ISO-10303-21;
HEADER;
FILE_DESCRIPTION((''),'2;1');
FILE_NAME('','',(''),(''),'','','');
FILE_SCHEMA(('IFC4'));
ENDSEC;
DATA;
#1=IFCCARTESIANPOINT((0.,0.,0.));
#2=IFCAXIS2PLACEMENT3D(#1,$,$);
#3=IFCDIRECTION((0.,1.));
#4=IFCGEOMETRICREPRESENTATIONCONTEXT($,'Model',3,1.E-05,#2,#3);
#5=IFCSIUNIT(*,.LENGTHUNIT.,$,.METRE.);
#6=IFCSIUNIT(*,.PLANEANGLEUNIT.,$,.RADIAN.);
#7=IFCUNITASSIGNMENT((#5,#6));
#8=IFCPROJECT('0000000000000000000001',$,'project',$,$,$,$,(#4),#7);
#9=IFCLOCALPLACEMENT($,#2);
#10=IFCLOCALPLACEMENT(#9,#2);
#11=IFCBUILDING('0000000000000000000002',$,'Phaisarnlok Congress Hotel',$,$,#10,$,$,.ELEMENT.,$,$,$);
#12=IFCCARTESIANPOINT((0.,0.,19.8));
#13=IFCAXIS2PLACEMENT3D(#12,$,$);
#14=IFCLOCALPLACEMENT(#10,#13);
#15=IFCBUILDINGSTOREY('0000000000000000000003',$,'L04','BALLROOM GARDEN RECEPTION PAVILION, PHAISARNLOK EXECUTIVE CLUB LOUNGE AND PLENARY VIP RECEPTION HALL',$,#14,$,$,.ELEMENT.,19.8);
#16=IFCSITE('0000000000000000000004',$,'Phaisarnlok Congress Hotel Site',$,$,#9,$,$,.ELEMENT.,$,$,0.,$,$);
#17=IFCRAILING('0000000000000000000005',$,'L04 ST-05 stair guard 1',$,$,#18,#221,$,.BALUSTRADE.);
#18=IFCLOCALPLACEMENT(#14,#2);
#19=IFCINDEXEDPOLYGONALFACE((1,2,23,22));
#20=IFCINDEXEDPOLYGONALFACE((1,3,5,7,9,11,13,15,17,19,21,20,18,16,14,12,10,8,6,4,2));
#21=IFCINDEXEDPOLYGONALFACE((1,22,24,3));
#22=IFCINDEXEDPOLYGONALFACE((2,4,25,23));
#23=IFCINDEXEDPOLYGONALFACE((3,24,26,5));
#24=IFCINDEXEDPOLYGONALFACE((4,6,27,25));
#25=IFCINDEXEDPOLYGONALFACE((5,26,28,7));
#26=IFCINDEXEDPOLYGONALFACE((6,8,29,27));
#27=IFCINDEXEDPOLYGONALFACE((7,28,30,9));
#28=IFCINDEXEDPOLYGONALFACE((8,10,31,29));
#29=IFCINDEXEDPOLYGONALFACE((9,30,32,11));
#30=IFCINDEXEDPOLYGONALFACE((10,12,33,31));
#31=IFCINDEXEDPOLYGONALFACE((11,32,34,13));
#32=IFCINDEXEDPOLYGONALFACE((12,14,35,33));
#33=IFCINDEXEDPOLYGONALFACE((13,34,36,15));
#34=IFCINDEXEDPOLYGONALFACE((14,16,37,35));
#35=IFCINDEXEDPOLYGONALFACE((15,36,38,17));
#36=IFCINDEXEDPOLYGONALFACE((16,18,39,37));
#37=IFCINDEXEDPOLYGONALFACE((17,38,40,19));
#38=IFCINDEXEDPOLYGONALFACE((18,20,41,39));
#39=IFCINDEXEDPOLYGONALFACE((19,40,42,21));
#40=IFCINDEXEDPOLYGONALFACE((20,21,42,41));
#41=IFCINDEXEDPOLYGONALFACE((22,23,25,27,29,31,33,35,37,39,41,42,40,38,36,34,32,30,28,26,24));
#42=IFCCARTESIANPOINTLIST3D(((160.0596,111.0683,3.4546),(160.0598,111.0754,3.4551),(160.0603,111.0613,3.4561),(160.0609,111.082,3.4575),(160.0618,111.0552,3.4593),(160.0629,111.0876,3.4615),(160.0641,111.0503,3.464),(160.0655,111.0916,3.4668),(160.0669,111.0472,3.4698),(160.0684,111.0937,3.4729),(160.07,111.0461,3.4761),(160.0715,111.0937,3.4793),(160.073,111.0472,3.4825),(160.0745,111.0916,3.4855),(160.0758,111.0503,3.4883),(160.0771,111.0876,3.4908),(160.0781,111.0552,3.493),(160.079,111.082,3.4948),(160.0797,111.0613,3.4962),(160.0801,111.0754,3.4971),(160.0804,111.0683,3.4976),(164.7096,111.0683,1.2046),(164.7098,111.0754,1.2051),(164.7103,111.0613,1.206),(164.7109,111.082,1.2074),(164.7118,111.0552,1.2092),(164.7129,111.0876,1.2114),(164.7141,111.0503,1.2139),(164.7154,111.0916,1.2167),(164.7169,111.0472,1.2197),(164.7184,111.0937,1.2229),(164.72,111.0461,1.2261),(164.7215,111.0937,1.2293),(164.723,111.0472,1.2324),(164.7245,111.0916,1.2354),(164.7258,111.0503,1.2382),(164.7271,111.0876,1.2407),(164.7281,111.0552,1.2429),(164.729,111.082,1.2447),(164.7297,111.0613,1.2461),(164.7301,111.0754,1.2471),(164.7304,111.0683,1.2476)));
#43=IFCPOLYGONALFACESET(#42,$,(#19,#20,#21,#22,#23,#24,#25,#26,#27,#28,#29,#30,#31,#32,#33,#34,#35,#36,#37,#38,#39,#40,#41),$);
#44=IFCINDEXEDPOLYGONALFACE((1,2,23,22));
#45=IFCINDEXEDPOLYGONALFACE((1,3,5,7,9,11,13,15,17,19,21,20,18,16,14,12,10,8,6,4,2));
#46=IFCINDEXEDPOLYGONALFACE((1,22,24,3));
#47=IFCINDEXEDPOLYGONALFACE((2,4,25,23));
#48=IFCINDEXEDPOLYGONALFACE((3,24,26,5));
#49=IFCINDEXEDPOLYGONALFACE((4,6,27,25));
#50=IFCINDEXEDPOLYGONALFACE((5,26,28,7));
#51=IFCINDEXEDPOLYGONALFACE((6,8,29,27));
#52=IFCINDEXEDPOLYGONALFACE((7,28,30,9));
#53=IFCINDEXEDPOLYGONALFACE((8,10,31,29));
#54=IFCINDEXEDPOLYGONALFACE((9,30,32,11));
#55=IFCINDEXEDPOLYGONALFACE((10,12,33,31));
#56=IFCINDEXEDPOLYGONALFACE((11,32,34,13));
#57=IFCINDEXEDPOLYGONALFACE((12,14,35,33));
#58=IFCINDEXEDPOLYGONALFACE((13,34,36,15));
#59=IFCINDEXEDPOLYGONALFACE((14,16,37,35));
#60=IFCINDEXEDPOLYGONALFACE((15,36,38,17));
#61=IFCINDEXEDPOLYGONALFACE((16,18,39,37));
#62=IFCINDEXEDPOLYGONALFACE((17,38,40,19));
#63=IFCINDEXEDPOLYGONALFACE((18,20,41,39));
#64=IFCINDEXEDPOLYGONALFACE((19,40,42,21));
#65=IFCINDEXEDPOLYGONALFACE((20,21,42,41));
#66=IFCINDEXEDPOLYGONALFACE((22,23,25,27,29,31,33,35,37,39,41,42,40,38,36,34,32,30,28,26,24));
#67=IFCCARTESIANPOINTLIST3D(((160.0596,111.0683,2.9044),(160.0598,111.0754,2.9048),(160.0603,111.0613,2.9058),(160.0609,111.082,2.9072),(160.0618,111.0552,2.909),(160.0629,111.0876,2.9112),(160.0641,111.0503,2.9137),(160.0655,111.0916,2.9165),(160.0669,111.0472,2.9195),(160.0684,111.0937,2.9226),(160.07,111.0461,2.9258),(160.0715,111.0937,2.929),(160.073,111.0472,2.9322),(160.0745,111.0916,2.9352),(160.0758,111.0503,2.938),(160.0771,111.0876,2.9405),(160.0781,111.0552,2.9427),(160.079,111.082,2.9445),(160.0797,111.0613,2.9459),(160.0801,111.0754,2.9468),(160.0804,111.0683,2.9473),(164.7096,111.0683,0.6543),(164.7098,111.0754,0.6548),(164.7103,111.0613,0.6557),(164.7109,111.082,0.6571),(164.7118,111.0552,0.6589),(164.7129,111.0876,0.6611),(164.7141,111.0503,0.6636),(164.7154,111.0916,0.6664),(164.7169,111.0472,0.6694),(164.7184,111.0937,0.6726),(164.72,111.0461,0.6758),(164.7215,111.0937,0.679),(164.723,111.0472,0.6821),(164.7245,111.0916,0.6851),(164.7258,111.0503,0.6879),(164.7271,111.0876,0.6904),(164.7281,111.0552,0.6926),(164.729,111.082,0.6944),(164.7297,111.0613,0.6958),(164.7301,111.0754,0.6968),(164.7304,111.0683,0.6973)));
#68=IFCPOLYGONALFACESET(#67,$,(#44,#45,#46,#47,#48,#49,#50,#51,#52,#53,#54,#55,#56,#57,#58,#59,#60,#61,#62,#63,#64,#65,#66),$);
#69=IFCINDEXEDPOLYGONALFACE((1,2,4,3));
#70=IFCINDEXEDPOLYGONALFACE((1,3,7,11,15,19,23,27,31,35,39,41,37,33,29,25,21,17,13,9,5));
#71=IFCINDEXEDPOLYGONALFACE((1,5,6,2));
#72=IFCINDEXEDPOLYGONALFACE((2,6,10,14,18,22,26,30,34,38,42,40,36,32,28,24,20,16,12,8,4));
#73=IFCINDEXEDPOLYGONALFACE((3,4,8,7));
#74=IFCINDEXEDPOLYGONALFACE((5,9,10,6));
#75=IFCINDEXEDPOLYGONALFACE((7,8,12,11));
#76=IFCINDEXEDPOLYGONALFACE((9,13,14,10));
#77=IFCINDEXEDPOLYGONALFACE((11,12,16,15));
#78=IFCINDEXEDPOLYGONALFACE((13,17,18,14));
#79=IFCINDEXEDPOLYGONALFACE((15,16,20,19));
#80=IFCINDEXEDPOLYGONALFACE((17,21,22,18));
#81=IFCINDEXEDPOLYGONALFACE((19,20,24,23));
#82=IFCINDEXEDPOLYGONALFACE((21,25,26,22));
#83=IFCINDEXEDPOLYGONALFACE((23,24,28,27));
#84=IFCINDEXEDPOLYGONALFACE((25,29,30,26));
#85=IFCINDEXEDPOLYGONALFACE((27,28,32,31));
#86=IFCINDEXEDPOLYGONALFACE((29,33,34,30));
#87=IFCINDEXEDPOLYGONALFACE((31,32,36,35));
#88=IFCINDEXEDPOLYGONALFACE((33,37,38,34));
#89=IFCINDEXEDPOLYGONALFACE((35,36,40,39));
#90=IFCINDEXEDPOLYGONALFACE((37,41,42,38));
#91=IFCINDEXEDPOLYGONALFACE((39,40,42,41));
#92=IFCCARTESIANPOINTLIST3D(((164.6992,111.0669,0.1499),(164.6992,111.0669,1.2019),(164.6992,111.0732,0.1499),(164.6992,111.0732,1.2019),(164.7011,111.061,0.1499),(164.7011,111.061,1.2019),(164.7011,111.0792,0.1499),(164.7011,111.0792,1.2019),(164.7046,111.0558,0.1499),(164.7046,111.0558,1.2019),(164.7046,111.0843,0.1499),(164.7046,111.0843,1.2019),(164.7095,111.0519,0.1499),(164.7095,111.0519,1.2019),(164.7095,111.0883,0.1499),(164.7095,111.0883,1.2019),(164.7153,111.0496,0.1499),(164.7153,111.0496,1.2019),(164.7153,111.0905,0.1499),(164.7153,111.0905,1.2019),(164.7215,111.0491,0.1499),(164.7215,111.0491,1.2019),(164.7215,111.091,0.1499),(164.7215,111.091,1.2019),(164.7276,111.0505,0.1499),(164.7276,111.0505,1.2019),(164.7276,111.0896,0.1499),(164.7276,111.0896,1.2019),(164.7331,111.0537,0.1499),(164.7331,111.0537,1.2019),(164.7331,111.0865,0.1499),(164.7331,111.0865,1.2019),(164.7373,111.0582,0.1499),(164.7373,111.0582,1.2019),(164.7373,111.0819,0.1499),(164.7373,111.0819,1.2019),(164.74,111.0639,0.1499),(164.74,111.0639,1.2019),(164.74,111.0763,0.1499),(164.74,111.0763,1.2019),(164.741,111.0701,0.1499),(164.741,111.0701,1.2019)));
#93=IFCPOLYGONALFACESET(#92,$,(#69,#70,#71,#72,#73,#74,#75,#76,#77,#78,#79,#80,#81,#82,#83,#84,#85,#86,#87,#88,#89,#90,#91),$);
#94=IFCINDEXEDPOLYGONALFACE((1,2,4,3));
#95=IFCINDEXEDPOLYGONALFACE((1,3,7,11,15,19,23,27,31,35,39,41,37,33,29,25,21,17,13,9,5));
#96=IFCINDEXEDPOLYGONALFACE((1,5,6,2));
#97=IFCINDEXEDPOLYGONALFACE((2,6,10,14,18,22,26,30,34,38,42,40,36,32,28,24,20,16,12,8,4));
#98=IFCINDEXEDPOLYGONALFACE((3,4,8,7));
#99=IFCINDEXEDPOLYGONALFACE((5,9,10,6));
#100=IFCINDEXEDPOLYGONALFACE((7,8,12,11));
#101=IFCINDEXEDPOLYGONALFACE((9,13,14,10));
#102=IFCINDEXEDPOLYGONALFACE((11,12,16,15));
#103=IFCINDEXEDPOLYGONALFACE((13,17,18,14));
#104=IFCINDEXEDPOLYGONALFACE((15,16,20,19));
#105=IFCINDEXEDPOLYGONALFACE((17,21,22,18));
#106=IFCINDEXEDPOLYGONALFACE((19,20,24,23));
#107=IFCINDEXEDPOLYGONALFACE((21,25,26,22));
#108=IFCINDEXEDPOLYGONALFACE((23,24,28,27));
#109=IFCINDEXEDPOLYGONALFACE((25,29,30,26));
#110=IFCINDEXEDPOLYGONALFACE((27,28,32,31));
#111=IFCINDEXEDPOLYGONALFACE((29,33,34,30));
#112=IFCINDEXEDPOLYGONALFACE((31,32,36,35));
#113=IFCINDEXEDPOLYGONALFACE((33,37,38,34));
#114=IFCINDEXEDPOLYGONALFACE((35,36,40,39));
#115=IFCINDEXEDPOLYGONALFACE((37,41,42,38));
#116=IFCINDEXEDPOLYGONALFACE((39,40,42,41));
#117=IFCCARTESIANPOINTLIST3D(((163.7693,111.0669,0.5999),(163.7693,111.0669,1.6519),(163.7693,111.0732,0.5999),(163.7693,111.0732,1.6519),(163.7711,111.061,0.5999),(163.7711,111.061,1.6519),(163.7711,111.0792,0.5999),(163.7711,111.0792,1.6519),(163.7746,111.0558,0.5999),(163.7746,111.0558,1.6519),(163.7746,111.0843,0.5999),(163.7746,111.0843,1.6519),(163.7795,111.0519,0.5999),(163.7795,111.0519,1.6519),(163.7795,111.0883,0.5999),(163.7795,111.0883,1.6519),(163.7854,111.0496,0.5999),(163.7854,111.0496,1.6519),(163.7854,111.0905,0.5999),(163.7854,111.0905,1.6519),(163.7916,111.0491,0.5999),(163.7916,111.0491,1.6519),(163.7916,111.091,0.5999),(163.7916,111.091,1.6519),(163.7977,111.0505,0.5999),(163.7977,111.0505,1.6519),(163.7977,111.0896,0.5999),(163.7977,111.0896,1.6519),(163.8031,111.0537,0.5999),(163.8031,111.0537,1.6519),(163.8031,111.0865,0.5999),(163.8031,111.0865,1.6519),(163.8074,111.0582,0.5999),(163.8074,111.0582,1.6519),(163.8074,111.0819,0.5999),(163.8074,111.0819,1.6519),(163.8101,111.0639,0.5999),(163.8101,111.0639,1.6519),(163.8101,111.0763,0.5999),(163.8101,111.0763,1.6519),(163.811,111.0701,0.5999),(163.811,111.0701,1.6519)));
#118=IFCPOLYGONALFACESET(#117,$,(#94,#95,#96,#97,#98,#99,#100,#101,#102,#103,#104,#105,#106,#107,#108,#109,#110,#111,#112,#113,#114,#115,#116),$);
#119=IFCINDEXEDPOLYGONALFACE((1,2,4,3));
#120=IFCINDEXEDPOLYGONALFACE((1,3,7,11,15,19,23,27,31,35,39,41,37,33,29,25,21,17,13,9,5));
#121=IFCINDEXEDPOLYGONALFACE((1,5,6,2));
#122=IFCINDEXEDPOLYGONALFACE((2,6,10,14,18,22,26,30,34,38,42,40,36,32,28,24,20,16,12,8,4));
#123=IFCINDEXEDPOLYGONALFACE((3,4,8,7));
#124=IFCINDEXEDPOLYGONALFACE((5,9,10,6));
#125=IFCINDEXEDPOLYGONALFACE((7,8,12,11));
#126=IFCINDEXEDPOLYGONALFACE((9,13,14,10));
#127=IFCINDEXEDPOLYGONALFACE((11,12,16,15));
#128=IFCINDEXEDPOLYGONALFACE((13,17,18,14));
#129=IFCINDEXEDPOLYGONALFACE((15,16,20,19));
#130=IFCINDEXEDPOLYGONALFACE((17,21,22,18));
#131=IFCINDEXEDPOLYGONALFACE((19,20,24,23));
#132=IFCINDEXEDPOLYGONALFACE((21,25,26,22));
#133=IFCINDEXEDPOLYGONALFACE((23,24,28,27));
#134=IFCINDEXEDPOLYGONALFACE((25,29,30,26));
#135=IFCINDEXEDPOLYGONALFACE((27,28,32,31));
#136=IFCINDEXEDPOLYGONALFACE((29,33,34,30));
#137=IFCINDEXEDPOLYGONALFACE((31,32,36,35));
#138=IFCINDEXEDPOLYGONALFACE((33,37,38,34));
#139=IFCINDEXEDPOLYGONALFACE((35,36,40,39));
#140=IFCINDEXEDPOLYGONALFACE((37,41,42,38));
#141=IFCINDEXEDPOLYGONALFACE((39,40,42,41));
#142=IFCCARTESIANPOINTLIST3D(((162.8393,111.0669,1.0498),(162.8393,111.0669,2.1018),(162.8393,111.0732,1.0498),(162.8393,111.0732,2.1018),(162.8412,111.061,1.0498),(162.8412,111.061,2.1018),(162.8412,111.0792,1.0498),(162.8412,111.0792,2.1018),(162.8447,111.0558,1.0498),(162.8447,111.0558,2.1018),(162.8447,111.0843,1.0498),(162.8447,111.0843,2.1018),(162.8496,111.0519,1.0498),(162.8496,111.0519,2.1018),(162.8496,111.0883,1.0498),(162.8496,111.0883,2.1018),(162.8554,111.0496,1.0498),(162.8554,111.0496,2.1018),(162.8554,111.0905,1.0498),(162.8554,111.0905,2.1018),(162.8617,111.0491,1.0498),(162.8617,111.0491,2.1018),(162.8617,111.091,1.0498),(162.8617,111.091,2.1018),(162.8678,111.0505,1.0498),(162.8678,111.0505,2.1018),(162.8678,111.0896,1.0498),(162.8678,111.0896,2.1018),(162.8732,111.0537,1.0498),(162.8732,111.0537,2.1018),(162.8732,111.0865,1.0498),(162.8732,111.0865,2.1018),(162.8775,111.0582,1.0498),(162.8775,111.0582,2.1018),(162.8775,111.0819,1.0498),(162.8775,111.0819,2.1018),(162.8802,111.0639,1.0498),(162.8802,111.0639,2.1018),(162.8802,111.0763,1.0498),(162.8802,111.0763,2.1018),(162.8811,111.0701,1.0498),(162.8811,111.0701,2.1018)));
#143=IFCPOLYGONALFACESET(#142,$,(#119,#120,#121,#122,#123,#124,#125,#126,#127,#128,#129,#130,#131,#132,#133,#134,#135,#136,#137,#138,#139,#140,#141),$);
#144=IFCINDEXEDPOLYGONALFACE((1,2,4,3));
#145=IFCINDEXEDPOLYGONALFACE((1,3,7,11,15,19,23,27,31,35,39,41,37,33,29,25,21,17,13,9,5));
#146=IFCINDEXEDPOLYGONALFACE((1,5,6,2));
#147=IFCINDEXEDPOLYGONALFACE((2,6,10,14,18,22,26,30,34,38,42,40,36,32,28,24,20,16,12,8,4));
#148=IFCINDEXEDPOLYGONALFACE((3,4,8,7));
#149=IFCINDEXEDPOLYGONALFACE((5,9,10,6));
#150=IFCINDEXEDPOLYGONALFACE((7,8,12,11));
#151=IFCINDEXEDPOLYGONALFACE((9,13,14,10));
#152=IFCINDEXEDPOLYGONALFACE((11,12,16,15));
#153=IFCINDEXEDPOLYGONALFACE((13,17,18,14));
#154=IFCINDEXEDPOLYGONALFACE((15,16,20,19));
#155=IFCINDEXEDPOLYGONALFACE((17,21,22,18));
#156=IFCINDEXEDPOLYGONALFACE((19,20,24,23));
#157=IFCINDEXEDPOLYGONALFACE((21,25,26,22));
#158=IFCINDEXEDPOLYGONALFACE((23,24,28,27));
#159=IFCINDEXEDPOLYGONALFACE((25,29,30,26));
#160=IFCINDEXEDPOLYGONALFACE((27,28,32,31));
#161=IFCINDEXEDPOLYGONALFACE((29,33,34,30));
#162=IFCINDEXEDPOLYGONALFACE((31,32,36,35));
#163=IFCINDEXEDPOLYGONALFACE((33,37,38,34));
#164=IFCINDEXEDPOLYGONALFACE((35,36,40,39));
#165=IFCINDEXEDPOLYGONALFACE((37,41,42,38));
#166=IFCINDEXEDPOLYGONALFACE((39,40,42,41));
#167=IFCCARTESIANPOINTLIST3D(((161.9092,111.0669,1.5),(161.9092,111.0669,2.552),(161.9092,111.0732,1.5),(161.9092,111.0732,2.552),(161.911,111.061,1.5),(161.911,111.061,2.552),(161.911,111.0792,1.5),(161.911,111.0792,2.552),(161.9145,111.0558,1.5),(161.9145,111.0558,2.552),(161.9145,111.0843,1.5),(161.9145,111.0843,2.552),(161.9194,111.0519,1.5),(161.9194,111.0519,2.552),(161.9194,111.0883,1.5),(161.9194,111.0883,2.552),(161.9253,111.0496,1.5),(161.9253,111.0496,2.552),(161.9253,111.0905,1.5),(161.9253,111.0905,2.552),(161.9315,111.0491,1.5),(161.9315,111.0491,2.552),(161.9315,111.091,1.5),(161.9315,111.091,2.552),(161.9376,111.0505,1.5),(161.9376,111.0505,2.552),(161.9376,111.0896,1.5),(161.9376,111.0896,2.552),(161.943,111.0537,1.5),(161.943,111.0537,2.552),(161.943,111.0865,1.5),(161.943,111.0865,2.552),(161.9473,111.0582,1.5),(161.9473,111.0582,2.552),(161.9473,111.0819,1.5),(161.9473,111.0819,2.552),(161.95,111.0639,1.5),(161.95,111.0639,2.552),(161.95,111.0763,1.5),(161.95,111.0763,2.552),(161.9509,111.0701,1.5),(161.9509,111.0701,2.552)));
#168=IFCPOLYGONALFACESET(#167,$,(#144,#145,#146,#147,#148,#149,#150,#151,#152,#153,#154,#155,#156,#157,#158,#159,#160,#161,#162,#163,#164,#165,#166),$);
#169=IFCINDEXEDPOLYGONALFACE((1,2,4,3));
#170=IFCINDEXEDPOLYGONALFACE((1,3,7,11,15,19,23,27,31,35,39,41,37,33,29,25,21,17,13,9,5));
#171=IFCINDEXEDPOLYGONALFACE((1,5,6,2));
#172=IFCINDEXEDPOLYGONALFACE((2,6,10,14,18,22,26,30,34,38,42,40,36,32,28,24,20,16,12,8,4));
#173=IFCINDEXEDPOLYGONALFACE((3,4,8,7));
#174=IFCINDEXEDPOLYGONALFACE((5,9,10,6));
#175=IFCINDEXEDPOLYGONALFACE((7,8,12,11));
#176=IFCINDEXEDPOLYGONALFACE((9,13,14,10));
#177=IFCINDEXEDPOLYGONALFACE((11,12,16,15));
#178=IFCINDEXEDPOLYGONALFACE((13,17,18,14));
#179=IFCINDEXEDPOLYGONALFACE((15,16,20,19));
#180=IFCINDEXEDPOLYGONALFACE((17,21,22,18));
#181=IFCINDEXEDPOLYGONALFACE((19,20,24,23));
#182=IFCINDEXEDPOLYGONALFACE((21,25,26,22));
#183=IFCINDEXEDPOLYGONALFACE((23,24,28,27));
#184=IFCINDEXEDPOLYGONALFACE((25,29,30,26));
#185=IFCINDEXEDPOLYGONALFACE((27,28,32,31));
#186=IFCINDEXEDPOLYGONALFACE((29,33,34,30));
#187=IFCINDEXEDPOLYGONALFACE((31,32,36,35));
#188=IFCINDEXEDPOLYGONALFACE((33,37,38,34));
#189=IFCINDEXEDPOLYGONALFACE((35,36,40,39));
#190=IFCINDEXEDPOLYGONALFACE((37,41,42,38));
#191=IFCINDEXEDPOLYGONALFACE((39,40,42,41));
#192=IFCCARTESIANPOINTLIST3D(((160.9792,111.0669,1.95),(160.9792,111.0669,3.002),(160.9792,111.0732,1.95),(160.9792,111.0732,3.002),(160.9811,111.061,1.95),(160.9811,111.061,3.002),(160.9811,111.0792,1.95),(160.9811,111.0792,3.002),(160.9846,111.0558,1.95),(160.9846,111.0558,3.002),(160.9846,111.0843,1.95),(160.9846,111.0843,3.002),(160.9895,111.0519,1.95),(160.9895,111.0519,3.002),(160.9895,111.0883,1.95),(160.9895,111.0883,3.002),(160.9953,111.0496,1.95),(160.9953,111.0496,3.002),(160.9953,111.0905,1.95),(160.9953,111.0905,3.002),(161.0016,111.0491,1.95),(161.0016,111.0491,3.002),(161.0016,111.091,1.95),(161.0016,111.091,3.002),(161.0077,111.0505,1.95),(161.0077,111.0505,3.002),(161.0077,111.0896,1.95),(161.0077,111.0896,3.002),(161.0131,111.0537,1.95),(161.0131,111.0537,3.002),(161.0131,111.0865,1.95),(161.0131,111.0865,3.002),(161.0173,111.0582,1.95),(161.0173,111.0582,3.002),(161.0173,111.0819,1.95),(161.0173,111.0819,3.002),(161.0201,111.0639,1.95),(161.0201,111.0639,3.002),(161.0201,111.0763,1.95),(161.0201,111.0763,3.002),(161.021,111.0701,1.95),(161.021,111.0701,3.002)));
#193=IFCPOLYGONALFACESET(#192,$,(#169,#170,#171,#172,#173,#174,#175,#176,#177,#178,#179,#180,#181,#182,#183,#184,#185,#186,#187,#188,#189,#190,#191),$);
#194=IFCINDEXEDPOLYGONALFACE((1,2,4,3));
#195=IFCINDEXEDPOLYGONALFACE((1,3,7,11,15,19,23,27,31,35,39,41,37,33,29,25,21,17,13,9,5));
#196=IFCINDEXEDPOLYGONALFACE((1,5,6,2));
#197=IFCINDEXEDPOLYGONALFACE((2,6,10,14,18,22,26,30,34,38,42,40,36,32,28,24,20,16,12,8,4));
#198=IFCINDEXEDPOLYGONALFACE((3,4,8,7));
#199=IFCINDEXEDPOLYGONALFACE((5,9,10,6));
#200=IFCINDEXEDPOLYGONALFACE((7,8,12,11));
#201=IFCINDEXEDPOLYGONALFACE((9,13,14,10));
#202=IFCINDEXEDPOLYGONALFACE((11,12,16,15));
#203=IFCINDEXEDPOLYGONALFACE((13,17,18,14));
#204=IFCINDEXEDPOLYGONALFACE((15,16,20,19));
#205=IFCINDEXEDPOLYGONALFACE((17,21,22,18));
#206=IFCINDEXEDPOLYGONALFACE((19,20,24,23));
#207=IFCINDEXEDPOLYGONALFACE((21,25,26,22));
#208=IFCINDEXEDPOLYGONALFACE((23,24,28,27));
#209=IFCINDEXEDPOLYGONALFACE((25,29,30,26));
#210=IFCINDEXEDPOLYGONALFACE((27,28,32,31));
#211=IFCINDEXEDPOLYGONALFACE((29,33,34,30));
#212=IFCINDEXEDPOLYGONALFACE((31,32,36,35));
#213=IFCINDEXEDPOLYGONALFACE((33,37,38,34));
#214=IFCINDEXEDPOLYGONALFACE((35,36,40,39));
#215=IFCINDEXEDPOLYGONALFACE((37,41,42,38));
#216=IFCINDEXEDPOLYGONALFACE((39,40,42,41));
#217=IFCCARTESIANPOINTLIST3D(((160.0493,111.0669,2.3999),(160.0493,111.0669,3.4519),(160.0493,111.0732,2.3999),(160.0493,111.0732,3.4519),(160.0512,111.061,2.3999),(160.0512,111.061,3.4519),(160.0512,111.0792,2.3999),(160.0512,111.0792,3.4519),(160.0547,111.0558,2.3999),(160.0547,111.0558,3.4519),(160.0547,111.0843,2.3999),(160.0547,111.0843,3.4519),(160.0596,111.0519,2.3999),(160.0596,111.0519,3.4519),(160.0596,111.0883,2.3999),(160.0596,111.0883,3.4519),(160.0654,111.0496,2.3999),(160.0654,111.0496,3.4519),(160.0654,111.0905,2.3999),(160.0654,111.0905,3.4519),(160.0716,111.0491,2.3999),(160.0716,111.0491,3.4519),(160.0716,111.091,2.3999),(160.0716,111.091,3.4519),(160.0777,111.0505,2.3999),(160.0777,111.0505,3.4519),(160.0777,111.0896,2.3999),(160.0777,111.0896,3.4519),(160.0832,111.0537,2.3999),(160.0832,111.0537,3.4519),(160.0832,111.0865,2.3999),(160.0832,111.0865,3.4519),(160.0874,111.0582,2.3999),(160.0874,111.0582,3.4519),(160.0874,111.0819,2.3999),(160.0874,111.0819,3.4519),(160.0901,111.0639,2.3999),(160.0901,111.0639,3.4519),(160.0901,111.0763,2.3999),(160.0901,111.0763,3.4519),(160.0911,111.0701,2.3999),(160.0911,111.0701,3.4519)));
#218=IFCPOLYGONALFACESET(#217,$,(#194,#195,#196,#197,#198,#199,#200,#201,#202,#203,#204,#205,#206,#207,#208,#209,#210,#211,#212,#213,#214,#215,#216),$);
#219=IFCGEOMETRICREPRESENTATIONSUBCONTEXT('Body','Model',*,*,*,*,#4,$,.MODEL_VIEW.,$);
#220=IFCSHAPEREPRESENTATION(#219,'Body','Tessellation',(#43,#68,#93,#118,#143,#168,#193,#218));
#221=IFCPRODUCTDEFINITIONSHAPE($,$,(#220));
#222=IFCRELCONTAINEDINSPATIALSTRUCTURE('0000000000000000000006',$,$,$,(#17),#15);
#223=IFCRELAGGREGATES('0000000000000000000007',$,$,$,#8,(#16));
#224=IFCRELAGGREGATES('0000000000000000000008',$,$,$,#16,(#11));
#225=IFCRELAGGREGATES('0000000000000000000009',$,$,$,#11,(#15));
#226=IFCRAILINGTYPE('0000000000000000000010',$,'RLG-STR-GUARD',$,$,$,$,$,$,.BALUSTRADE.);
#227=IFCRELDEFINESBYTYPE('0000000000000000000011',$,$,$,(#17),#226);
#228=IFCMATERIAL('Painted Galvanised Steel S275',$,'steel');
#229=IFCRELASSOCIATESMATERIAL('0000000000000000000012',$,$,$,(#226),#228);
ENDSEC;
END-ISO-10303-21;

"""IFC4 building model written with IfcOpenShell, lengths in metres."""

from ifc_helpers import new_model, si_unit, direction, frame, origin, origin_2d, place, context, subcontext, project, spatial, circle, extrude, material, type_object, element, save


model = new_model("IFC4")

# Units and contexts
model_context = context("Model", 3, precision=1e-05, world=origin(), true_north=direction((0.0, 1.0)))
body_context = subcontext(model_context, "Body", "Model", "MODEL_VIEW")
ifc_project = project(units=[si_unit("LENGTHUNIT", "METRE"), si_unit("PLANEANGLEUNIT", "RADIAN")], contexts=[model_context])

# Site, building, storey
site_placement = place(None, origin())
site = spatial("IfcSite", under=ifc_project, at=site_placement, Name="Phaisarnlok Congress Hotel Site", CompositionType="ELEMENT", RefElevation=0.0)
building_placement = place(site_placement, origin())
building = spatial("IfcBuilding", under=site, at=building_placement, Name="Phaisarnlok Congress Hotel", CompositionType="ELEMENT")
storey_placement = place(building_placement, frame((0.0, 0.0, 19.8)))
storey = spatial("IfcBuildingStorey", under=building, at=storey_placement, Name="L04", Description="BALLROOM GARDEN RECEPTION PAVILION, PHAISARNLOK EXECUTIVE CLUB LOUNGE AND PLENARY VIP RECEPTION HALL", CompositionType="ELEMENT", Elevation=19.8)

# Railing
ifc_material_1 = material(Name="Painted Galvanised Steel S275", Category="steel")
railing_type_1 = type_object("IfcRailingType", Name="RLG-STR-GUARD", PredefinedType="BALUSTRADE", material=ifc_material_1)
railing_1_placement = place(storey_placement, frame((164.72, 111.0701, 0.1499)))
element("IfcRailing", 1, at=railing_1_placement, inside=storey, type_object=railing_type_1, Name="L04 ST-05 stair guard 1", PredefinedType="BALUSTRADE", context=body_context, shape_type="SweptSolid", body=[
    extrude(circle(Radius=0.0239, at=origin_2d()), frame((0.0, 0.0, 1.0762), z_axis=(-0.900156, 0.0, 0.435568), x_axis=(0.0, -1.0, 0.0)), (0.0, 0.0, 1.0), 5.1658),
    extrude(circle(Radius=0.0239, at=origin_2d()), frame((0.0, 0.0, 0.5259), z_axis=(-0.900156, 0.0, 0.435568), x_axis=(0.0, -1.0, 0.0)), (0.0, 0.0, 1.0), 5.1658),
    extrude(circle(Radius=0.021, at=origin_2d()), origin(), (0.0, 0.0, 1.0), 1.052),
    extrude(circle(Radius=0.021, at=origin_2d()), frame((-0.9299, 0.0, 0.45)), (0.0, 0.0, 1.0), 1.052),
    extrude(circle(Radius=0.021, at=origin_2d()), frame((-1.8599, 0.0, 0.8999)), (0.0, 0.0, 1.0), 1.052),
    extrude(circle(Radius=0.021, at=origin_2d()), frame((-2.79, 0.0, 1.3501)), (0.0, 0.0, 1.0), 1.052),
    extrude(circle(Radius=0.021, at=origin_2d()), frame((-3.72, 0.0, 1.8)), (0.0, 0.0, 1.0), 1.052),
    extrude(circle(Radius=0.021, at=origin_2d()), frame((-4.6499, 0.0, 2.25)), (0.0, 0.0, 1.0), 1.052),
])

save(model, "model.ifc")
